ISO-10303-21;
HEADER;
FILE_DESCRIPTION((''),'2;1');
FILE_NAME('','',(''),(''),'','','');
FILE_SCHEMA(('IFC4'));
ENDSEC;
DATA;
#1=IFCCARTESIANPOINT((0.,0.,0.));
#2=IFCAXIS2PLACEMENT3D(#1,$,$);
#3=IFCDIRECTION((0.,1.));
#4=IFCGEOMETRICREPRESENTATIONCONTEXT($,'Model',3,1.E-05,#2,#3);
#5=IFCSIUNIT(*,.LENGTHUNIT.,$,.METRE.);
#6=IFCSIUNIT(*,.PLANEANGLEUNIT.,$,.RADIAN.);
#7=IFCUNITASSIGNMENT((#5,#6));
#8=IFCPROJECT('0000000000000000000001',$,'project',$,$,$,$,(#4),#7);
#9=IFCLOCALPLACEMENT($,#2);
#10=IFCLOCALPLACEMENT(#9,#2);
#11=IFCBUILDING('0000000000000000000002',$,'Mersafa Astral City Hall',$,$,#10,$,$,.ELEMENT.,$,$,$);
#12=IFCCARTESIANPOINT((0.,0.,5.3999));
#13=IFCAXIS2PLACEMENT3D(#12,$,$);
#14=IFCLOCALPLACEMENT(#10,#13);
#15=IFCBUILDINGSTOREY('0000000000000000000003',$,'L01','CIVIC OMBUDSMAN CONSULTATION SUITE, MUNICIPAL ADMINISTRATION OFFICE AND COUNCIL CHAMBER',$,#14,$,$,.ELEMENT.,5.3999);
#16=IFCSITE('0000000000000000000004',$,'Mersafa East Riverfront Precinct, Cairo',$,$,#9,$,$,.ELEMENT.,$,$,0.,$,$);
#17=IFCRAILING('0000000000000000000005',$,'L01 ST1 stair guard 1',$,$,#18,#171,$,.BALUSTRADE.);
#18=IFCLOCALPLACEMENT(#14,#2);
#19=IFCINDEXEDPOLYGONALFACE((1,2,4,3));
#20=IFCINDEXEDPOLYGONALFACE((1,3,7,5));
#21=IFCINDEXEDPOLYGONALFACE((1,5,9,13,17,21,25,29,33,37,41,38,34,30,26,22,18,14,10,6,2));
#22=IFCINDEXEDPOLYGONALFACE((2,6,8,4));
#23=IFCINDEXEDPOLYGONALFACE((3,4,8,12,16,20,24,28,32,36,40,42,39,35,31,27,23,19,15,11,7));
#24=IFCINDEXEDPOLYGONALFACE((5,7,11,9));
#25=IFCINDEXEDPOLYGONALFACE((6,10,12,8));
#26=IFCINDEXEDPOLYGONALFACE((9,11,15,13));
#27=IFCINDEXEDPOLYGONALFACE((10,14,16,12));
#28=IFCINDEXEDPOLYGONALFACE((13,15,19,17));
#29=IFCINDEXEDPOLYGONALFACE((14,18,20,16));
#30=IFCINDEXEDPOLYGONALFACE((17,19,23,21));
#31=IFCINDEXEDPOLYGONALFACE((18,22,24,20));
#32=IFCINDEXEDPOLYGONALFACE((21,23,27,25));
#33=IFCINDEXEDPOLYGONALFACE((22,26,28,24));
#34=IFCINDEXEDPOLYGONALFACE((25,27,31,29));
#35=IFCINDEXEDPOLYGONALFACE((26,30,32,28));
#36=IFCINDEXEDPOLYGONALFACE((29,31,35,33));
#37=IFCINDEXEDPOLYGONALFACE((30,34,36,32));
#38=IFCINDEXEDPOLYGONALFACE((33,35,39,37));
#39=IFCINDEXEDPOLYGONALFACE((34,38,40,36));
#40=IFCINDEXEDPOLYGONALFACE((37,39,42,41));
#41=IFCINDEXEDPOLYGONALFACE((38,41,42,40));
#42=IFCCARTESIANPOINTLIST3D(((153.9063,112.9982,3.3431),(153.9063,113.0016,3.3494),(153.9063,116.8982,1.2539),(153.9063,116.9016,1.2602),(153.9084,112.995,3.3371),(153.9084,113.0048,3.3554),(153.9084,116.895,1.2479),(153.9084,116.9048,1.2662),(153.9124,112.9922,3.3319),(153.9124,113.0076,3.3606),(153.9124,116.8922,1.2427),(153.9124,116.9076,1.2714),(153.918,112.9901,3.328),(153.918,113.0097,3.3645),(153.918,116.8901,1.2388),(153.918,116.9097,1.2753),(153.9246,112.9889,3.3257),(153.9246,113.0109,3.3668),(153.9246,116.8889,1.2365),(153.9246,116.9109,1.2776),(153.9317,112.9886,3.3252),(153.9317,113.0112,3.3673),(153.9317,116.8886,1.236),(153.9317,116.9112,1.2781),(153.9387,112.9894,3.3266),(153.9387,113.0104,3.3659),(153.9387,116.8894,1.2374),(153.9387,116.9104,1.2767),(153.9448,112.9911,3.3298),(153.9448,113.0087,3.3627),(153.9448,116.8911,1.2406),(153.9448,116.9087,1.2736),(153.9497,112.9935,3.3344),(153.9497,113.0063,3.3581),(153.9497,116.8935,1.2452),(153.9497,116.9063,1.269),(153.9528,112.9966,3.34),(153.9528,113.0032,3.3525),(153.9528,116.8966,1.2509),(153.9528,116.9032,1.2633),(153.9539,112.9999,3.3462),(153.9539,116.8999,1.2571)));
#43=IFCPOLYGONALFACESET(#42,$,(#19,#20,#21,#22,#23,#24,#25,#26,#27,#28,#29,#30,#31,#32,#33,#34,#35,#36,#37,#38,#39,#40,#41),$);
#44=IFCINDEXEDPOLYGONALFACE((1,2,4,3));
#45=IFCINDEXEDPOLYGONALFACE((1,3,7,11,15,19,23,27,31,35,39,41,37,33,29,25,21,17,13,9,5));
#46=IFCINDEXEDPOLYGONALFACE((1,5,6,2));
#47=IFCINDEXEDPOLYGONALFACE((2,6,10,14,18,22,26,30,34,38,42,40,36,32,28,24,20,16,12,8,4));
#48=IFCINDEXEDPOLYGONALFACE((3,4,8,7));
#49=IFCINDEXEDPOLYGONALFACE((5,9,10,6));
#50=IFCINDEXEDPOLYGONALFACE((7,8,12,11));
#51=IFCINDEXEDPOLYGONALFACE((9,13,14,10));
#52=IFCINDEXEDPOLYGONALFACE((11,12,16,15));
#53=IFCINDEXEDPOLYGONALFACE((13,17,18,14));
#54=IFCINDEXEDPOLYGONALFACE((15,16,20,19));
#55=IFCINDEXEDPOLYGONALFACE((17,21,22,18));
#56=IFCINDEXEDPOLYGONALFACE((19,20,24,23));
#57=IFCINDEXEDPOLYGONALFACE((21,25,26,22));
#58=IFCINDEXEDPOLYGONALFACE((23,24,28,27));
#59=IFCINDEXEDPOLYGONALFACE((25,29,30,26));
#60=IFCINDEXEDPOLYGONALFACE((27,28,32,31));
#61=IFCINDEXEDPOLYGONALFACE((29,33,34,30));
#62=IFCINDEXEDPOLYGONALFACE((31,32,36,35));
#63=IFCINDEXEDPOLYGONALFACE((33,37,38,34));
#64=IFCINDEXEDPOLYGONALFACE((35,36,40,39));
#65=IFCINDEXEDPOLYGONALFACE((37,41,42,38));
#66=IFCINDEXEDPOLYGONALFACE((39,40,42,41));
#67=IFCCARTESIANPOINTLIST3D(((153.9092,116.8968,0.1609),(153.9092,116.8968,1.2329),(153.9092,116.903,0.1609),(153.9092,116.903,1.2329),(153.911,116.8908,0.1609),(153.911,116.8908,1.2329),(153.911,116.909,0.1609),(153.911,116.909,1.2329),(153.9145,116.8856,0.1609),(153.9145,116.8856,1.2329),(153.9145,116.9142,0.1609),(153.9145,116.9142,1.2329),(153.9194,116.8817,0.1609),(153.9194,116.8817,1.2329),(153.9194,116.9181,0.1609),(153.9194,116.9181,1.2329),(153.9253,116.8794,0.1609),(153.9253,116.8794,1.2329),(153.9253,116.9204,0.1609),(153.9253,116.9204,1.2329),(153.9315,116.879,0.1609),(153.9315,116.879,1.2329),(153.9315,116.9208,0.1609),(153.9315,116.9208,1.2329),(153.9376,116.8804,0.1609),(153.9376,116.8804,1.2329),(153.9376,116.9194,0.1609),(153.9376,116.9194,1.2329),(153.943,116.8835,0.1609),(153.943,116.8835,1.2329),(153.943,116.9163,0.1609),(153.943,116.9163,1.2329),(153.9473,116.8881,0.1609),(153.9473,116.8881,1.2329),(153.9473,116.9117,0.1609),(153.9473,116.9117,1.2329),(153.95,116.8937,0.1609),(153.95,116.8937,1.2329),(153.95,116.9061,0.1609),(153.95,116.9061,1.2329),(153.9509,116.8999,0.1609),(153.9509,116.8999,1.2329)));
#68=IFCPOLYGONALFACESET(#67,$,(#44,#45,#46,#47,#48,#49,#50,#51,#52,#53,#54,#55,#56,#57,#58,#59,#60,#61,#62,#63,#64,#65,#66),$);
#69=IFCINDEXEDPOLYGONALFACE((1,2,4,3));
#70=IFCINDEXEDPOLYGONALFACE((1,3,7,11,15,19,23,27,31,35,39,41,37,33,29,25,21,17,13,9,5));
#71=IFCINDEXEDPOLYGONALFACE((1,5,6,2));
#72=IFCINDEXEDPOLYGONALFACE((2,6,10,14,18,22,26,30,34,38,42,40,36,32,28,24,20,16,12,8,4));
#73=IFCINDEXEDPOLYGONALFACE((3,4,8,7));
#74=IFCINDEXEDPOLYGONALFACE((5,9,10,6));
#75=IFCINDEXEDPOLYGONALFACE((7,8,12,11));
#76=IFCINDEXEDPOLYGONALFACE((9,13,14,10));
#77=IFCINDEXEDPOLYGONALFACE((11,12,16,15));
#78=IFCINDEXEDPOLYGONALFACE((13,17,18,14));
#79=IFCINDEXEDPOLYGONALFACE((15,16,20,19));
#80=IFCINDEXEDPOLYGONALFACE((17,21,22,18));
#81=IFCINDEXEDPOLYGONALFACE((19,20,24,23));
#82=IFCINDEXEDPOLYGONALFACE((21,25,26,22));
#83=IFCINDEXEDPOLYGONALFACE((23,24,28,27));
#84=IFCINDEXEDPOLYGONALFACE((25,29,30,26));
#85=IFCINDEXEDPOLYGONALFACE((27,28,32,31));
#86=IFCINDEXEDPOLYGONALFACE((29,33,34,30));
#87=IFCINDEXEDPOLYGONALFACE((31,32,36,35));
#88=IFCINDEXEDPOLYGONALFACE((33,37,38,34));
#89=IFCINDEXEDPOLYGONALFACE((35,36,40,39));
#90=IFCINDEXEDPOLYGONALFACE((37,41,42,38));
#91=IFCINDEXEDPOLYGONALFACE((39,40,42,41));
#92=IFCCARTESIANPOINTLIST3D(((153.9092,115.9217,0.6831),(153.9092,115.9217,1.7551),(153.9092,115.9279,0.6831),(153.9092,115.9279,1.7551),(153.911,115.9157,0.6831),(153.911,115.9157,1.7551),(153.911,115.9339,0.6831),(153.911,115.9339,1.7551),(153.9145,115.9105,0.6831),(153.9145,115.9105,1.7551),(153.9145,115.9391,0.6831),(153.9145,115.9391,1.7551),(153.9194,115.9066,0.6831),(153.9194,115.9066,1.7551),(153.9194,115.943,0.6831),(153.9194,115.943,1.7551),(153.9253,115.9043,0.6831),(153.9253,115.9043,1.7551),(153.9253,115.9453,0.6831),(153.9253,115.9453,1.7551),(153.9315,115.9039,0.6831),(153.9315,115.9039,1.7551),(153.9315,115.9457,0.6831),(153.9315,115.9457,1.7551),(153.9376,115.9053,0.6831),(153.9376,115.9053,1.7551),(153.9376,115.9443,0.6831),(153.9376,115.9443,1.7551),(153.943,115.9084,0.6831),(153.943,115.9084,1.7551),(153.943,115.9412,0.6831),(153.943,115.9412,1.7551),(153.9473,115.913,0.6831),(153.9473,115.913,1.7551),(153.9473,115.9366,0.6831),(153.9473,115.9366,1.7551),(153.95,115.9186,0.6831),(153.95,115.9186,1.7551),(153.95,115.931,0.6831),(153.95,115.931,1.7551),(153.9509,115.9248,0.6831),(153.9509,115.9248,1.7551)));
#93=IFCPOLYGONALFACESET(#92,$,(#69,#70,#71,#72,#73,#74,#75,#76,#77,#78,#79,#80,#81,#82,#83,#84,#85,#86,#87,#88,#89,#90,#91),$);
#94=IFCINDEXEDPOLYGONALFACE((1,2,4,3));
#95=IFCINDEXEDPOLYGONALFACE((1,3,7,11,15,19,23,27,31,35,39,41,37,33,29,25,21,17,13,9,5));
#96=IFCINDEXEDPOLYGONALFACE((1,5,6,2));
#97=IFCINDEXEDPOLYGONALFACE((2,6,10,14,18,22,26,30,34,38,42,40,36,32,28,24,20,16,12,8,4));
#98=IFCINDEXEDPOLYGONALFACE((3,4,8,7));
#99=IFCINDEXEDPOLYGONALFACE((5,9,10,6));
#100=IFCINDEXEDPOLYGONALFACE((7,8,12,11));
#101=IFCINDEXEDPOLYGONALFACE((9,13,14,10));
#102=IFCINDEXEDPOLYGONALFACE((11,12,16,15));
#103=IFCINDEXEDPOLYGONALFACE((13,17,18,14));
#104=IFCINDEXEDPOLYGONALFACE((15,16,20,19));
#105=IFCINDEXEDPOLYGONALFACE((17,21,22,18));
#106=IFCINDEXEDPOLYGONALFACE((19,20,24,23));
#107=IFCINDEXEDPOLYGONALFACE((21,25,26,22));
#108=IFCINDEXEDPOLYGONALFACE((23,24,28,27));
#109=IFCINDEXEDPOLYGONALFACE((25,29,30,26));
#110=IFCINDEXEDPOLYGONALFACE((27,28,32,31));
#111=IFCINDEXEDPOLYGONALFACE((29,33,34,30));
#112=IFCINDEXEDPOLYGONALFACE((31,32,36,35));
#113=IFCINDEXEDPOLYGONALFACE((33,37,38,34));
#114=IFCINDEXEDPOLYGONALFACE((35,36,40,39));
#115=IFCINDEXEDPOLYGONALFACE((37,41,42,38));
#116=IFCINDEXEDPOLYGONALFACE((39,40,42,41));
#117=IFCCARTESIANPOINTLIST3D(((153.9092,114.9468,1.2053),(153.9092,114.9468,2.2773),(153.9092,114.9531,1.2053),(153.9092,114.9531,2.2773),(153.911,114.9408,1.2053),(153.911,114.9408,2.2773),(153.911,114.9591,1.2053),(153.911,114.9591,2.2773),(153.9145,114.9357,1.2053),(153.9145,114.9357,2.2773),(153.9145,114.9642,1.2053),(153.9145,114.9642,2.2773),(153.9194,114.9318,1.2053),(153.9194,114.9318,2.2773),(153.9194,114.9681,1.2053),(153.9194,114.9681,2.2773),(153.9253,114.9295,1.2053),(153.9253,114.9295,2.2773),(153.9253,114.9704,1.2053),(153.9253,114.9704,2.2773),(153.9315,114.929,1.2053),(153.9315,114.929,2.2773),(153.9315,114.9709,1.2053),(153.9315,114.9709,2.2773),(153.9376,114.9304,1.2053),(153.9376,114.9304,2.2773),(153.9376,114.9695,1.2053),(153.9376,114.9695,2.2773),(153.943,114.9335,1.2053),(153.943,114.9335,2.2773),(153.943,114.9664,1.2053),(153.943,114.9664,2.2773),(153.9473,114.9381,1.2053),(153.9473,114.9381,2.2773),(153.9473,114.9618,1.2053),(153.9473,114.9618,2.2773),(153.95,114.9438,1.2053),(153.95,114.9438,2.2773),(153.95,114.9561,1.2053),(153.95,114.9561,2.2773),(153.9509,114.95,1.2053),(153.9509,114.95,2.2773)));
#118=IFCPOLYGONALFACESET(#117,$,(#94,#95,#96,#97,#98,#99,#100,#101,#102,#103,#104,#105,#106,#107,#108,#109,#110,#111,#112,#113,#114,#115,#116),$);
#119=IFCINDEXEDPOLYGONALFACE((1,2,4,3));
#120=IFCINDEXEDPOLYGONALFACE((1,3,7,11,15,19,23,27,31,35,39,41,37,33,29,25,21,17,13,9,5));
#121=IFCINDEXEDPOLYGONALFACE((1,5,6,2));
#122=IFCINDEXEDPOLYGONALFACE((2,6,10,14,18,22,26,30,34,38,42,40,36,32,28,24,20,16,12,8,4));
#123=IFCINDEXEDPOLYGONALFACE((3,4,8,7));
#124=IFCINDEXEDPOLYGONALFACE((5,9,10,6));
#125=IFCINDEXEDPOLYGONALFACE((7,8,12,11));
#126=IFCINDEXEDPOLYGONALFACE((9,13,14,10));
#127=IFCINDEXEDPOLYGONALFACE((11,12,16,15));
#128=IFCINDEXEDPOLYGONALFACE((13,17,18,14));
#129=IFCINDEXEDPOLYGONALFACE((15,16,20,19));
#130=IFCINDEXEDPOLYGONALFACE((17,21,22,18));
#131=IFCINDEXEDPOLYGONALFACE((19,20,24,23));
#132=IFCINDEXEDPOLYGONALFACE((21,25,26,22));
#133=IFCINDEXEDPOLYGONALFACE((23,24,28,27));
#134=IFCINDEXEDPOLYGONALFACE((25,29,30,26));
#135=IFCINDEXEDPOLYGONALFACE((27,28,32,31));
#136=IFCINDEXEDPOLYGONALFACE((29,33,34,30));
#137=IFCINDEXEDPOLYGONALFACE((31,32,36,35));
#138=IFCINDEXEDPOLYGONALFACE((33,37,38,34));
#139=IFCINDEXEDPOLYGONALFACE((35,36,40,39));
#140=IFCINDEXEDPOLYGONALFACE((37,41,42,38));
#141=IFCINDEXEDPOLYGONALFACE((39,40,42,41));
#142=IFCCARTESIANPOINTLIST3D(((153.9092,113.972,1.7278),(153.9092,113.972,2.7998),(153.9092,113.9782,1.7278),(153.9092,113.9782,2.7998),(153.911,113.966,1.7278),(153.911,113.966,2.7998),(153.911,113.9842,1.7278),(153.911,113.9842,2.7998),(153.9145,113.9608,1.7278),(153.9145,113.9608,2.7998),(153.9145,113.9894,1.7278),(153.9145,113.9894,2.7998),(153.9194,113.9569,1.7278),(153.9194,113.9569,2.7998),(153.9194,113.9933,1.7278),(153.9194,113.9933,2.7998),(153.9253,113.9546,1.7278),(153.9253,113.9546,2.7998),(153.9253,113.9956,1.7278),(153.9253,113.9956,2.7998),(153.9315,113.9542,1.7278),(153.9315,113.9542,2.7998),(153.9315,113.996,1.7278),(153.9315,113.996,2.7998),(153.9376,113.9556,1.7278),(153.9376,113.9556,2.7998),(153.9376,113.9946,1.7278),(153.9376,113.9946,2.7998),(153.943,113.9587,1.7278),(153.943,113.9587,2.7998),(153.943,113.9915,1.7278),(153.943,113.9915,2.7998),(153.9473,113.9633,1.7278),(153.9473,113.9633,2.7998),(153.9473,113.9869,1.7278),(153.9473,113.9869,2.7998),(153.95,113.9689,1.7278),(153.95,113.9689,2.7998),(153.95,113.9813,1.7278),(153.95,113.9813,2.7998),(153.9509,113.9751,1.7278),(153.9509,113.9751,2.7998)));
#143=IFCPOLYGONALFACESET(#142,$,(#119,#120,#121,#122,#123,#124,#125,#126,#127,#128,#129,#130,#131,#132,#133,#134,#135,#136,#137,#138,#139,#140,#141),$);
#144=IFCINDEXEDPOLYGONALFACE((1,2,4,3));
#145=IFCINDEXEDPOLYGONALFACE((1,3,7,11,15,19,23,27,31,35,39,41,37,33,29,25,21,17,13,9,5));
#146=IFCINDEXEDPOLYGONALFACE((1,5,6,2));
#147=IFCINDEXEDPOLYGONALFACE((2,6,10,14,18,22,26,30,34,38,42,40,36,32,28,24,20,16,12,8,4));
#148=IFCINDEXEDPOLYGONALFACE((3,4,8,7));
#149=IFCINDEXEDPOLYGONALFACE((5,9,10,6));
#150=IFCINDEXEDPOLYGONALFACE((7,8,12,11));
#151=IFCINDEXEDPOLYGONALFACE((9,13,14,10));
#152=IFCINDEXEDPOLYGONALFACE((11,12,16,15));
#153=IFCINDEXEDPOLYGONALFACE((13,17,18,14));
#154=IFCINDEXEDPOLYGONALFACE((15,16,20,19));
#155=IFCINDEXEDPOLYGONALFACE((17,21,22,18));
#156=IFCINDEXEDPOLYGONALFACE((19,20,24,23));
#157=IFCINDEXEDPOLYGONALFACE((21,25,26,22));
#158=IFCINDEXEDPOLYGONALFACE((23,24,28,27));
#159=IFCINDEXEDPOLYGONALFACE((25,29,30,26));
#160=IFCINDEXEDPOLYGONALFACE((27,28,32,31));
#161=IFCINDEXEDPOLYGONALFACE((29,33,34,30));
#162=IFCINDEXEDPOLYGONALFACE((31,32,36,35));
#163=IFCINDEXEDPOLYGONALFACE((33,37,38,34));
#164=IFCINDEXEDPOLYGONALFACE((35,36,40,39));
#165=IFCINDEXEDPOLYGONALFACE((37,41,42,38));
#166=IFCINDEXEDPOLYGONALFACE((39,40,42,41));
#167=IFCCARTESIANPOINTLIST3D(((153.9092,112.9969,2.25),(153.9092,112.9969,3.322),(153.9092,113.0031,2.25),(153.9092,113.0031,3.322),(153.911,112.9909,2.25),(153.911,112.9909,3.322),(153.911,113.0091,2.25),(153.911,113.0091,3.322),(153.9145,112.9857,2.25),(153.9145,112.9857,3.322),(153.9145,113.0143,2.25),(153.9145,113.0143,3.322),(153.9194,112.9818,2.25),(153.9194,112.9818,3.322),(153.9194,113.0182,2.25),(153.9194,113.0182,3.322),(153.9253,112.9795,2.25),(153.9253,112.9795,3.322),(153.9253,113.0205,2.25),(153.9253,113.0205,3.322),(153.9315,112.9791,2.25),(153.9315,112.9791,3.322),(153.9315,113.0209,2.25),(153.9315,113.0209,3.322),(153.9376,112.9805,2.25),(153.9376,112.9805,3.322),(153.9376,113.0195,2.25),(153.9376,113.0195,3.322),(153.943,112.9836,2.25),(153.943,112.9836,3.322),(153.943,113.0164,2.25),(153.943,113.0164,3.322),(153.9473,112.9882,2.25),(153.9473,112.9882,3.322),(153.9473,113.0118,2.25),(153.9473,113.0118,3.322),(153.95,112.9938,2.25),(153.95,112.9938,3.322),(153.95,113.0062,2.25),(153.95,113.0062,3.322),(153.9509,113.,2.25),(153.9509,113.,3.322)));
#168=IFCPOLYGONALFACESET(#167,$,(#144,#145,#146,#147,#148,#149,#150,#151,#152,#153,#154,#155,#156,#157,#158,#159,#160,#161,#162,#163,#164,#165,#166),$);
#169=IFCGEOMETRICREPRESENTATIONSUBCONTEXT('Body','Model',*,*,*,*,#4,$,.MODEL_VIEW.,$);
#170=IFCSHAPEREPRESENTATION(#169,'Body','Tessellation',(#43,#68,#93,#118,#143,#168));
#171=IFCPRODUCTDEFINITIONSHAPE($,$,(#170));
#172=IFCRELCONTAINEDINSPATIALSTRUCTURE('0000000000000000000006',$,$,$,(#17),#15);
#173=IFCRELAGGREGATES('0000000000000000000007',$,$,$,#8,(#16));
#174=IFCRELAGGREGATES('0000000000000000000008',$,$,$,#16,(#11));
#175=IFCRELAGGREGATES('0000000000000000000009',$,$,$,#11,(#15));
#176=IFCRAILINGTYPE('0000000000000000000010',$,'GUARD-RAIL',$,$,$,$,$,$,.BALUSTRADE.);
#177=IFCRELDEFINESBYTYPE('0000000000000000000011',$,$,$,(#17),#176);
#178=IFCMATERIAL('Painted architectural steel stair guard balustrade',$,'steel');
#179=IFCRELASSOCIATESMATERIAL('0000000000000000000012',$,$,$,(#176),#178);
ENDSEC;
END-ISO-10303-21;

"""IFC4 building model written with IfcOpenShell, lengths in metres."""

from ifc_helpers import new_model, si_unit, direction, frame, origin, origin_2d, place, context, subcontext, project, spatial, circle, extrude, material, type_object, element, save


model = new_model("IFC4")

# Units and contexts
model_context = context("Model", 3, precision=1e-05, world=origin(), true_north=direction((0.0, 1.0)))
body_context = subcontext(model_context, "Body", "Model", "MODEL_VIEW")
ifc_project = project(units=[si_unit("LENGTHUNIT", "METRE"), si_unit("PLANEANGLEUNIT", "RADIAN")], contexts=[model_context])

# Site, building, storey
site_placement = place(None, origin())
site = spatial("IfcSite", under=ifc_project, at=site_placement, Name="Mersafa East Riverfront Precinct, Cairo", CompositionType="ELEMENT", RefElevation=0.0)
building_placement = place(site_placement, origin())
building = spatial("IfcBuilding", under=site, at=building_placement, Name="Mersafa Astral City Hall", CompositionType="ELEMENT")
storey_placement = place(building_placement, frame((0.0, 0.0, 5.3999)))
storey = spatial("IfcBuildingStorey", under=building, at=storey_placement, Name="L01", Description="CIVIC OMBUDSMAN CONSULTATION SUITE, MUNICIPAL ADMINISTRATION OFFICE AND COUNCIL CHAMBER", CompositionType="ELEMENT", Elevation=5.3999)

# Railing
ifc_material_1 = material(Name="Painted architectural steel stair guard balustrade", Category="steel")
railing_type = type_object("IfcRailingType", Name="GUARD-RAIL", PredefinedType="BALUSTRADE", material=ifc_material_1)
railing_1_placement = place(storey_placement, frame((153.9299, 116.8999, 0.1609)))
element("IfcRailing", 1, at=railing_1_placement, inside=storey, type_object=railing_type, Name="L01 ST1 stair guard 1", PredefinedType="BALUSTRADE", context=body_context, shape_type="SweptSolid", body=[
    extrude(circle(Radius=0.0239, at=origin_2d()), frame((0.0, 0.0, 1.0962), z_axis=(0.0, -0.881491, 0.4722), x_axis=(1.0, 0.0, 0.0)), (0.0, 0.0, 1.0), 4.4243),
    extrude(circle(Radius=0.021, at=origin_2d()), origin(), (0.0, 0.0, 1.0), 1.072),
    extrude(circle(Radius=0.021, at=origin_2d()), frame((0.0, -0.9751, 0.5222)), (0.0, 0.0, 1.0), 1.072),
    extrude(circle(Radius=0.021, at=origin_2d()), frame((0.0, -1.95, 1.0444)), (0.0, 0.0, 1.0), 1.072),
    extrude(circle(Radius=0.021, at=origin_2d()), frame((0.0, -2.9248, 1.5669)), (0.0, 0.0, 1.0), 1.072),
    extrude(circle(Radius=0.021, at=origin_2d()), frame((0.0, -3.8999, 2.0891)), (0.0, 0.0, 1.0), 1.072),
])

save(model, "model.ifc")
